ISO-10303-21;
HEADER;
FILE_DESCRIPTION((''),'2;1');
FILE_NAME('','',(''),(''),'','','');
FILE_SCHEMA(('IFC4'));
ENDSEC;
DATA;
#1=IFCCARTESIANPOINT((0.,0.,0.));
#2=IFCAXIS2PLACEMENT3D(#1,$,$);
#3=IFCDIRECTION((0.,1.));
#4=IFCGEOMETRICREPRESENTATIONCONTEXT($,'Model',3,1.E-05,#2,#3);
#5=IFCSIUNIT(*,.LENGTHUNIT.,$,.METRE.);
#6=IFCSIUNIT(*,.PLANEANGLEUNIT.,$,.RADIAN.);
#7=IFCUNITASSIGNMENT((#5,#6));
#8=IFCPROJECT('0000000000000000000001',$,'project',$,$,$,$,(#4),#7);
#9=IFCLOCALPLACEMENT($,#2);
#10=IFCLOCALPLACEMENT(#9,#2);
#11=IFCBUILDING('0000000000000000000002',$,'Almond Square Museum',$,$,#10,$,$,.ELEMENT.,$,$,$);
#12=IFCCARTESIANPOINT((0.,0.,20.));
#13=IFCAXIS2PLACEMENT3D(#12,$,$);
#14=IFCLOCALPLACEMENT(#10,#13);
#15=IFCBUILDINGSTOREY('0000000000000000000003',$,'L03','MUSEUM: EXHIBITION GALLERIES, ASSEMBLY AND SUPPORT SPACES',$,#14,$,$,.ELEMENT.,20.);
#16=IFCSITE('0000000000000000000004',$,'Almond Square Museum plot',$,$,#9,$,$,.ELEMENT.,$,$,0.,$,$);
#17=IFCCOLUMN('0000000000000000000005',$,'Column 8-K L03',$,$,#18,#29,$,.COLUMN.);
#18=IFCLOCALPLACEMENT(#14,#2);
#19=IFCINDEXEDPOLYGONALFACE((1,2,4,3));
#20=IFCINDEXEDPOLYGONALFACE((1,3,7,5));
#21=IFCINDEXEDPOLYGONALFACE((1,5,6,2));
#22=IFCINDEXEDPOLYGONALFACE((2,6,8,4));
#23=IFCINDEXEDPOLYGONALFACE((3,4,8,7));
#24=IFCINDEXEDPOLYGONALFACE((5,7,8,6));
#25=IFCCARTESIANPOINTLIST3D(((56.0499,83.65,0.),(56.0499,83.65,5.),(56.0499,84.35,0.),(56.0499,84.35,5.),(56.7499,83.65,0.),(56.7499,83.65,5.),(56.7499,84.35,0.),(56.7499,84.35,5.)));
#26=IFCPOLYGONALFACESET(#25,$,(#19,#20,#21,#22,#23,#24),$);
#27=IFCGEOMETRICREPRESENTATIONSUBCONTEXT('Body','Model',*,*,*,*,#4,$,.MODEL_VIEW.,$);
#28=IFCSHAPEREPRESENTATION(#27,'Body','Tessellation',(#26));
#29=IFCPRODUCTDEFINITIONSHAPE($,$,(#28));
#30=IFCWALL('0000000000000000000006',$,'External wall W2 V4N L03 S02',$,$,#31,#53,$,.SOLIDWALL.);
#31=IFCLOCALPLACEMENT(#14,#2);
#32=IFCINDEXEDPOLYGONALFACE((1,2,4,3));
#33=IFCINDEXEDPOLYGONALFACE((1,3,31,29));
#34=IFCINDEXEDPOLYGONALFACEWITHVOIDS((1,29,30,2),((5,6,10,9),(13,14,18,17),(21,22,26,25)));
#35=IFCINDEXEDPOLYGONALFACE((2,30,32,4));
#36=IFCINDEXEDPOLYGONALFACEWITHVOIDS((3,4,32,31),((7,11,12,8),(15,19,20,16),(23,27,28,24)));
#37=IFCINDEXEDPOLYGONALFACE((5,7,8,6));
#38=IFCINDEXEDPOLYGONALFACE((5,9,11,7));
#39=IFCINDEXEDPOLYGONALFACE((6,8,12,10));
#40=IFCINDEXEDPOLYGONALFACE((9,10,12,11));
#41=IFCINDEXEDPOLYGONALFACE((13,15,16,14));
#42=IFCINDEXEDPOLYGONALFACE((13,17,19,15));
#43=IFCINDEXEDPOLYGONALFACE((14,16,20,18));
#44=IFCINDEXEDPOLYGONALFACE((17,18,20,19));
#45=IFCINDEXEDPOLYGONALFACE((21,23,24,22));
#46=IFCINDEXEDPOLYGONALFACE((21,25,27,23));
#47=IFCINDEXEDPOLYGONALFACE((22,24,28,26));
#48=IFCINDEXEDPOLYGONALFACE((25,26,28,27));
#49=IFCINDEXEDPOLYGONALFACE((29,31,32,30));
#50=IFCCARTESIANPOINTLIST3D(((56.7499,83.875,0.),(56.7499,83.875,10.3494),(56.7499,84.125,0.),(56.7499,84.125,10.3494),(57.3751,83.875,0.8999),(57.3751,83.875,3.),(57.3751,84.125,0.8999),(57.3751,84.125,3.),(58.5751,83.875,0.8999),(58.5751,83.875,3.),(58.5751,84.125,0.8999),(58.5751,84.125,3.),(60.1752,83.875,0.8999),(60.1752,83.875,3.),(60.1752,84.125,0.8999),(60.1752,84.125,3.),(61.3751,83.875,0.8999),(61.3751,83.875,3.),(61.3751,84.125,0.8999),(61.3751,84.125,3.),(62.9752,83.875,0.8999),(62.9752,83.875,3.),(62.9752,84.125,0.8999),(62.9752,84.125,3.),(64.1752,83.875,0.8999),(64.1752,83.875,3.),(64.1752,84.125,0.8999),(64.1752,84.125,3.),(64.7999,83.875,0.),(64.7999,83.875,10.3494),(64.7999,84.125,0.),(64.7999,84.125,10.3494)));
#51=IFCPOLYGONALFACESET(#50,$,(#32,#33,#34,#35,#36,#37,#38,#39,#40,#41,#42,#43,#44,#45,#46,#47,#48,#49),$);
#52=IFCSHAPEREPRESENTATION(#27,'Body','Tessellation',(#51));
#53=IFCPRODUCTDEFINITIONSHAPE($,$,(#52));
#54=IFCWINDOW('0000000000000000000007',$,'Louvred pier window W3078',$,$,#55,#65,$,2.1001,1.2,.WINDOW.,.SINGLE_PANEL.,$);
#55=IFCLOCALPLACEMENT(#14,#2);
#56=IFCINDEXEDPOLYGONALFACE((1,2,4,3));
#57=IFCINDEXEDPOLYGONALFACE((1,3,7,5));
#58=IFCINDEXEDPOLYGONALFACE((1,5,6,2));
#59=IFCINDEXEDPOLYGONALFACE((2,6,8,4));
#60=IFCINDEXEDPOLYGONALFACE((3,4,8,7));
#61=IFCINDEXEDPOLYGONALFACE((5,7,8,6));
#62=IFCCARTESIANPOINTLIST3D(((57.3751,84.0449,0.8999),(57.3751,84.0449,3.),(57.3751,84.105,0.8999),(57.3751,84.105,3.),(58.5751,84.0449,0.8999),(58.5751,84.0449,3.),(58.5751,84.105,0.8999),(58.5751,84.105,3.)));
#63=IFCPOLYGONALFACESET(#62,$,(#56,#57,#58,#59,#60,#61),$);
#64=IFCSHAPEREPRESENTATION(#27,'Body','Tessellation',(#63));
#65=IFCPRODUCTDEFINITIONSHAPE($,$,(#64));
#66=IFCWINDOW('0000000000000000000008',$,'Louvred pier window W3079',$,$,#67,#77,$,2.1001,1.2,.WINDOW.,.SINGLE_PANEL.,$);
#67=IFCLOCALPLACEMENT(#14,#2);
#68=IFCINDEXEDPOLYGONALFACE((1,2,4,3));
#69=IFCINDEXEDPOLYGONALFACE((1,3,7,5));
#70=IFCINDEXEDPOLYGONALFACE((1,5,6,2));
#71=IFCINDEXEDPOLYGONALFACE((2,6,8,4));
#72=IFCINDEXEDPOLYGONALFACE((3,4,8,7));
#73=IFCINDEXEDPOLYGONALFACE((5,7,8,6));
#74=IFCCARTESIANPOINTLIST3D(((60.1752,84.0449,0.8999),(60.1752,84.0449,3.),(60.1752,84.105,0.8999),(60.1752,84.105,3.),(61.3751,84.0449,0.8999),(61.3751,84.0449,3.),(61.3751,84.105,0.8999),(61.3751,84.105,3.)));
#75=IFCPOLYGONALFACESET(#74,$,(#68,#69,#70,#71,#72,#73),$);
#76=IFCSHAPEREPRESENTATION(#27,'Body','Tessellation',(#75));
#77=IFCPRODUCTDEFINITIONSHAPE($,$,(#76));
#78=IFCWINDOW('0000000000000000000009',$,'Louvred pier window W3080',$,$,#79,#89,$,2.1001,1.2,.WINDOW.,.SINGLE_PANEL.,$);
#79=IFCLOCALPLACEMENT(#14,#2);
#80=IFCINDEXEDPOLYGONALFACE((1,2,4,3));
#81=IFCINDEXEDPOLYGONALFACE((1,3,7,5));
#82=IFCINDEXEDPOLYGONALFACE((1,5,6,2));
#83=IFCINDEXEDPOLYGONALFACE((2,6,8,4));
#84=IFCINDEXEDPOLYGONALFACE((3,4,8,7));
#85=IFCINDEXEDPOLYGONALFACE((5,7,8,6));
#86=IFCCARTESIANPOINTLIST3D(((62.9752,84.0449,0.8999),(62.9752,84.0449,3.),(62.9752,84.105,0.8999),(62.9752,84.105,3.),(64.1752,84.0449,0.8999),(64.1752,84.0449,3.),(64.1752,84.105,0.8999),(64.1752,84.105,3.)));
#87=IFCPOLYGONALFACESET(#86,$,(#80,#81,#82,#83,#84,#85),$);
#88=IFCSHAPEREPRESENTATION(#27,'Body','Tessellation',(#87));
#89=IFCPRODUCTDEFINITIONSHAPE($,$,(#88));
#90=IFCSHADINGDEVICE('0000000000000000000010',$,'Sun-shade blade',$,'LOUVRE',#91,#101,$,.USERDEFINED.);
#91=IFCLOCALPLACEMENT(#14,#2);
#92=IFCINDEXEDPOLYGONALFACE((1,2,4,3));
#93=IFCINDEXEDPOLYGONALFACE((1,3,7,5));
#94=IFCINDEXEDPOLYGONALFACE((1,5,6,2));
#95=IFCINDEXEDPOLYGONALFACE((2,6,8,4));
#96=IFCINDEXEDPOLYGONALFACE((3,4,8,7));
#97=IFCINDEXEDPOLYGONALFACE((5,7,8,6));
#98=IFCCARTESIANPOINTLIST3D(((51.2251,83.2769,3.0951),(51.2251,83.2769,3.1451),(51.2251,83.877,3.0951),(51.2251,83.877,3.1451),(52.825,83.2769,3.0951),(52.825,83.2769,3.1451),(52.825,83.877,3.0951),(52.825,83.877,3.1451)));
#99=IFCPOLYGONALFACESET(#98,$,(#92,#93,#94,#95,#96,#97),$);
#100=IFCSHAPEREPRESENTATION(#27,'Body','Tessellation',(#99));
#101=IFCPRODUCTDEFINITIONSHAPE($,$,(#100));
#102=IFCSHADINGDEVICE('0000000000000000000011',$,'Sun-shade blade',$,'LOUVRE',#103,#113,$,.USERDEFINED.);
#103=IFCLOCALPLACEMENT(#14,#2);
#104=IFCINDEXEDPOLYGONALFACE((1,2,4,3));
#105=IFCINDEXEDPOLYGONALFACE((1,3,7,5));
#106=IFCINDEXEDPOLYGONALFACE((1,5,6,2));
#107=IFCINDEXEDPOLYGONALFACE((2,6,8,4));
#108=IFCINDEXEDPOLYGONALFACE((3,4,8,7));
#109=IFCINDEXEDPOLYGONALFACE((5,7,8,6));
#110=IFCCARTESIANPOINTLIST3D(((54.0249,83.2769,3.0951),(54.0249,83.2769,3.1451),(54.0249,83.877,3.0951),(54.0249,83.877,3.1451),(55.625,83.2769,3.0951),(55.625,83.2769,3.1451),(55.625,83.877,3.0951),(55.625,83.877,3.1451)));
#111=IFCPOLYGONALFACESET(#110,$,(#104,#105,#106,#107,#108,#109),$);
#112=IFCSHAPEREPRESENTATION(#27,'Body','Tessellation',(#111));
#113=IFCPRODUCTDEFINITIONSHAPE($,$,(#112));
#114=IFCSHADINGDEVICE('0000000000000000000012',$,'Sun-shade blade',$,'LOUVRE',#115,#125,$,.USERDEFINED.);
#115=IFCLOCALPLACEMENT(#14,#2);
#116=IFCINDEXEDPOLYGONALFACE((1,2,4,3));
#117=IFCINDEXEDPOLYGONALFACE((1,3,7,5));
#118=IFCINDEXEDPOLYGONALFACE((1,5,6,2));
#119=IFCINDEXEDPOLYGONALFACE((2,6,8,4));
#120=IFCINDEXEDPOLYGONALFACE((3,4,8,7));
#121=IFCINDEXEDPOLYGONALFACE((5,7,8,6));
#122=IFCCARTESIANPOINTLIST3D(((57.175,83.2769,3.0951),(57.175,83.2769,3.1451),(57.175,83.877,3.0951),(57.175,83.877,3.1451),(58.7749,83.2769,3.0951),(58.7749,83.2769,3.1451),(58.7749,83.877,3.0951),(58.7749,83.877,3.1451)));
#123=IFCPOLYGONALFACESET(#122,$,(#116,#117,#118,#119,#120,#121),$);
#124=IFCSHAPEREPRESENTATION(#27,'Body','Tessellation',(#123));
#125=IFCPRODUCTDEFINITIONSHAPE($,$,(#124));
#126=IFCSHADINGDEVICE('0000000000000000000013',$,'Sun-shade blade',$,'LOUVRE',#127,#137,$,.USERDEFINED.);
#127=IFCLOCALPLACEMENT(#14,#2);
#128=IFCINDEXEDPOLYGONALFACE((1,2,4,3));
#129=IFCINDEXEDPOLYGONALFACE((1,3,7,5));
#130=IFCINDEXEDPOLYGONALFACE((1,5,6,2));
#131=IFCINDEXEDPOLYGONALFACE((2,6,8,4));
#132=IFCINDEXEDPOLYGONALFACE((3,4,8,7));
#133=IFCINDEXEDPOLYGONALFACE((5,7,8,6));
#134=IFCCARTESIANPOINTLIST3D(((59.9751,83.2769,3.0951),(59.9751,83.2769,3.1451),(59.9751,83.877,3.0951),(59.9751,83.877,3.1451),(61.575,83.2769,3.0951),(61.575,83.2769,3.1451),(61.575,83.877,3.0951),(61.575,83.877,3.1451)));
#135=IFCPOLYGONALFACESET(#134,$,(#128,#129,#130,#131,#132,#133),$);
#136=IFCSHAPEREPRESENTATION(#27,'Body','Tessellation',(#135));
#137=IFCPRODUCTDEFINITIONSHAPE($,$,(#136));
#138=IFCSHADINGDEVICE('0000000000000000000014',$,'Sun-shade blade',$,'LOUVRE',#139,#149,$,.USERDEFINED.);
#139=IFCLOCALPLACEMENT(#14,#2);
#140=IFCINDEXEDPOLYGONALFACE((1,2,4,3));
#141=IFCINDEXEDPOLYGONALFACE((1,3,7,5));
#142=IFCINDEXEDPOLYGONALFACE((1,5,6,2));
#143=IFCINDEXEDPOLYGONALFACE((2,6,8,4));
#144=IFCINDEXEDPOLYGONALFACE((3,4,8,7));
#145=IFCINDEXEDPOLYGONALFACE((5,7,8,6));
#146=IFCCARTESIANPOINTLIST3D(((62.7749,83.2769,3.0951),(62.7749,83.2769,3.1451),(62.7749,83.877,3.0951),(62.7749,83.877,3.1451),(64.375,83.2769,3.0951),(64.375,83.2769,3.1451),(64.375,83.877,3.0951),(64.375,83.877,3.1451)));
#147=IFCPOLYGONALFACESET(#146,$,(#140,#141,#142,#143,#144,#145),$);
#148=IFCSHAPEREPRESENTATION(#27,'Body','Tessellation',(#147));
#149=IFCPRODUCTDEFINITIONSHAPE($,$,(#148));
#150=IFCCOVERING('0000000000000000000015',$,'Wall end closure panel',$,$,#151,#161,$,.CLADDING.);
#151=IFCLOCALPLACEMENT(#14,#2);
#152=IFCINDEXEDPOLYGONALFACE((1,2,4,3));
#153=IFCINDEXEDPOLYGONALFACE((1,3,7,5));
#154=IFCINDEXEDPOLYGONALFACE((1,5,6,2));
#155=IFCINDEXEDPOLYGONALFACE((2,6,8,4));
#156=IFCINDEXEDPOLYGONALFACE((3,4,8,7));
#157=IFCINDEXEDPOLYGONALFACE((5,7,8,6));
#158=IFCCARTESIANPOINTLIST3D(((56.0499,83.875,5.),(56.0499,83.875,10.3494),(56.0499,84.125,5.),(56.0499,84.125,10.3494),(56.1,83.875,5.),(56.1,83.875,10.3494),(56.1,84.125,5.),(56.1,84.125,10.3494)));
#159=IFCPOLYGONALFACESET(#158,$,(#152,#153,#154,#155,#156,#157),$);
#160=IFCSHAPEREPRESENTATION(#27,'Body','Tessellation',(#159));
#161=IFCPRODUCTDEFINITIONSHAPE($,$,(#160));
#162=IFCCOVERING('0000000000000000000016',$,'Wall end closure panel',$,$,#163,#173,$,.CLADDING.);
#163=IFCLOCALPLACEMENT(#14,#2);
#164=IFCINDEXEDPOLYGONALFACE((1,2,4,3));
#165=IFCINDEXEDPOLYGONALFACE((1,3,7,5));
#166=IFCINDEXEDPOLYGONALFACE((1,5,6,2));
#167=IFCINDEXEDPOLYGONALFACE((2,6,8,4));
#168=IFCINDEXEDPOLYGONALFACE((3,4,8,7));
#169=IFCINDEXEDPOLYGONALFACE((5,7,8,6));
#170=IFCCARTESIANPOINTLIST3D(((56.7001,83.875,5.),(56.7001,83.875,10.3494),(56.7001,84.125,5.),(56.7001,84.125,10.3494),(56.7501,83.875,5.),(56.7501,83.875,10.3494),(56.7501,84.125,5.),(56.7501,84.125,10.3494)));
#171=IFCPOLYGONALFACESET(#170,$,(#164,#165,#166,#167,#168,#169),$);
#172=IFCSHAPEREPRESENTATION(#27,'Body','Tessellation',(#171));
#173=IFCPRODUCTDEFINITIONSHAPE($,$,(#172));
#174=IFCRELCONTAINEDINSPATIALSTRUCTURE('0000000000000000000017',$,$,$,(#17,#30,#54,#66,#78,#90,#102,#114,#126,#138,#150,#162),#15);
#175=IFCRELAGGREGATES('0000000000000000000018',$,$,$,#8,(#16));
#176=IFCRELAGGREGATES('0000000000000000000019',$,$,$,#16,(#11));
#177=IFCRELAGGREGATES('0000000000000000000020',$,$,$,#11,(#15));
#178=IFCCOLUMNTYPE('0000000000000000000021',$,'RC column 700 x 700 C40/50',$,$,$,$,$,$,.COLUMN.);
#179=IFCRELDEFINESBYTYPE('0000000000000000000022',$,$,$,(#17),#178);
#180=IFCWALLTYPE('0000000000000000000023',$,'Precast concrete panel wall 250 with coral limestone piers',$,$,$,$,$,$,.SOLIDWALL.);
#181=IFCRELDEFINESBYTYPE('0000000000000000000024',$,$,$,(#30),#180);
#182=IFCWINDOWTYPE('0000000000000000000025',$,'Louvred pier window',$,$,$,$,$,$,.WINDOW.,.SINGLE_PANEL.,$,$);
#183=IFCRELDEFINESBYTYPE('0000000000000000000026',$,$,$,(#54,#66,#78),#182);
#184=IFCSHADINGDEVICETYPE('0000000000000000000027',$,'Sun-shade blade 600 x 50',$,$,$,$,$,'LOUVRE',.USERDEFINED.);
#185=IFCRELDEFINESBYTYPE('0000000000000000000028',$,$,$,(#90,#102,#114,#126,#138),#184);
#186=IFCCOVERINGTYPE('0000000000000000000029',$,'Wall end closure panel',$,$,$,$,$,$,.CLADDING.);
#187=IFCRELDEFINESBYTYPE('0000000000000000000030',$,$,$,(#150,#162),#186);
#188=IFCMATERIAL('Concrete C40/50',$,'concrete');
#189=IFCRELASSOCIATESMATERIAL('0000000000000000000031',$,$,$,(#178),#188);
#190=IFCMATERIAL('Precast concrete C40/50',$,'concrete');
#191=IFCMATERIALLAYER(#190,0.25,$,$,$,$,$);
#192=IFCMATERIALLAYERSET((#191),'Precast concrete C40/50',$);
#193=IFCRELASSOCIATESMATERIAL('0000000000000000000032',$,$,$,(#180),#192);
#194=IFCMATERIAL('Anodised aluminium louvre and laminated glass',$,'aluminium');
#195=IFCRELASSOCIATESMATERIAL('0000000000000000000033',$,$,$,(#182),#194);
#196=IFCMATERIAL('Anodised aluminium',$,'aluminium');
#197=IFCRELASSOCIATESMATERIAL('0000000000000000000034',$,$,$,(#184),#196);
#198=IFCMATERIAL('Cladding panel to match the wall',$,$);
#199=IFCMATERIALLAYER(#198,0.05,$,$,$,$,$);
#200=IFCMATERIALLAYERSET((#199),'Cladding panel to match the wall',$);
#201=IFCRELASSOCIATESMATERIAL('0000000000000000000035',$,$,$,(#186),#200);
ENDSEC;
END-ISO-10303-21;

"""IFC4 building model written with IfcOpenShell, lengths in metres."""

from ifc_helpers import new_model, si_unit, direction, frame, frame_2d, origin, origin_2d, place, context, subcontext, project, spatial, rectangle, extrude, material, layer, layer_set, material_profile, profile_set, type_object, element, fill, save


model = new_model("IFC4")

# Units and contexts
model_context = context("Model", 3, precision=1e-05, world=origin(), true_north=direction((0.0, 1.0)))
body_context = subcontext(model_context, "Body", "Model", "MODEL_VIEW")
ifc_project = project(units=[si_unit("LENGTHUNIT", "METRE"), si_unit("PLANEANGLEUNIT", "RADIAN")], contexts=[model_context])

# Site, building, storey
site_placement = place(None, origin())
site = spatial("IfcSite", under=ifc_project, at=site_placement, Name="Almond Square Museum plot", CompositionType="ELEMENT", RefElevation=0.0)
building_placement = place(site_placement, origin())
building = spatial("IfcBuilding", under=site, at=building_placement, Name="Almond Square Museum", CompositionType="ELEMENT")
storey_placement = place(building_placement, frame((0.0, 0.0, 20.0)))
storey = spatial("IfcBuildingStorey", under=building, at=storey_placement, Name="L03", Description="MUSEUM: EXHIBITION GALLERIES, ASSEMBLY AND SUPPORT SPACES", CompositionType="ELEMENT", Elevation=20.0)

# Column
ifc_material_1 = material(Name="Concrete C40/50", Category="concrete")
ifc_material_profile_1 = material_profile(ifc_material_1, rectangle(XDim=0.7, YDim=0.7, at=origin_2d()))
ifc_profile_set_1 = profile_set([ifc_material_profile_1], Name="Concrete C40/50")
column_type = type_object("IfcColumnType", Name="RC column 700 x 700 C40/50", PredefinedType="COLUMN", material=ifc_profile_set_1)
column_placement = place(storey_placement, frame((56.3999, 84.0, 0.0), z_axis=(0.0, 0.0, 1.0), x_axis=(1.0, 0.0, 0.0)))
element("IfcColumn", 1, at=column_placement, inside=storey, type_object=column_type, Name="Column 8-K L03", PredefinedType="COLUMN", context=body_context, shape_type="SweptSolid", body=[
    extrude(rectangle(XDim=0.7, YDim=0.7, at=origin_2d()), origin(), (0.0, 0.0, 1.0), 5.0),
])

# Wall, openings, windows
ifc_material_2 = material(Name="Precast concrete C40/50", Category="concrete")
ifc_layer_1 = layer(ifc_material_2, 0.25)
ifc_layer_set_1 = layer_set([ifc_layer_1], Name="Precast concrete C40/50")
wall_type = type_object("IfcWallType", Name="Precast concrete panel wall 250 with coral limestone piers", PredefinedType="SOLIDWALL", material=ifc_layer_set_1)
wall_placement = place(storey_placement, frame((56.75, 84.0, 0.0), z_axis=(0.0, 0.0, 1.0), x_axis=(1.0, 0.0, 0.0)))
wall = element("IfcWall", 2, at=wall_placement, inside=storey, type_object=wall_type, Name="External wall W2 V4N L03 S02", PredefinedType="SOLIDWALL", context=body_context, shape_type="SweptSolid", body=[
    extrude(rectangle(XDim=8.05, YDim=0.25, at=frame_2d((4.0249, 0.0))), origin(), (0.0, 0.0, 1.0), 10.3494),
])
opening_1_placement = place(wall_placement, frame((0.625, 0.0, 0.8999)))
opening_1 = element("IfcOpeningElement", 3, at=opening_1_placement, cuts=wall, PredefinedType="OPENING", context=body_context, shape_type="SweptSolid", body=[
    extrude(rectangle(XDim=1.2, YDim=2.1001, at=frame_2d((0.6001, 1.05))), frame((0.0, 0.135, 0.0), z_axis=(0.0, -1.0, 0.0), x_axis=(1.0, 0.0, 0.0)), (0.0, 0.0, 1.0), 0.27),
])
opening_2_placement = place(wall_placement, frame((3.425, 0.0, 0.8999)))
opening_2 = element("IfcOpeningElement", 4, at=opening_2_placement, cuts=wall, PredefinedType="OPENING", context=body_context, shape_type="SweptSolid", body=[
    extrude(rectangle(XDim=1.2, YDim=2.1001, at=frame_2d((0.6001, 1.05))), frame((0.0, 0.135, 0.0), z_axis=(0.0, -1.0, 0.0), x_axis=(1.0, 0.0, 0.0)), (0.0, 0.0, 1.0), 0.27),
])
opening_3_placement = place(wall_placement, frame((6.2251, 0.0, 0.8999)))
opening_3 = element("IfcOpeningElement", 5, at=opening_3_placement, cuts=wall, PredefinedType="OPENING", context=body_context, shape_type="SweptSolid", body=[
    extrude(rectangle(XDim=1.2, YDim=2.1001, at=frame_2d((0.6001, 1.05))), frame((0.0, 0.135, 0.0), z_axis=(0.0, -1.0, 0.0), x_axis=(1.0, 0.0, 0.0)), (0.0, 0.0, 1.0), 0.27),
])
ifc_material_3 = material(Name="Anodised aluminium louvre and laminated glass", Category="aluminium")
window_type = type_object("IfcWindowType", Name="Louvred pier window", PartitioningType="SINGLE_PANEL", PredefinedType="WINDOW", material=ifc_material_3)
window_1_placement = place(opening_1_placement, origin())
window_1 = element("IfcWindow", 6, at=window_1_placement, inside=storey, type_object=window_type, Name="Louvred pier window W3078", OverallHeight=2.1001, OverallWidth=1.2, PartitioningType="SINGLE_PANEL", PredefinedType="WINDOW", context=body_context, shape_type="SweptSolid", body=[
    extrude(rectangle(XDim=1.2, YDim=2.1001, at=frame_2d((0.6001, 1.05))), frame((0.0, 0.105, 0.0), z_axis=(0.0, -1.0, 0.0), x_axis=(1.0, 0.0, 0.0)), (0.0, 0.0, 1.0), 0.0601),
])
fill(opening_1, window_1)
window_2_placement = place(opening_2_placement, origin())
window_2 = element("IfcWindow", 7, at=window_2_placement, inside=storey, type_object=window_type, Name="Louvred pier window W3079", OverallHeight=2.1001, OverallWidth=1.2, PartitioningType="SINGLE_PANEL", PredefinedType="WINDOW", context=body_context, shape_type="SweptSolid", body=[
    extrude(rectangle(XDim=1.2, YDim=2.1001, at=frame_2d((0.6001, 1.05))), frame((0.0, 0.105, 0.0), z_axis=(0.0, -1.0, 0.0), x_axis=(1.0, 0.0, 0.0)), (0.0, 0.0, 1.0), 0.0601),
])
fill(opening_2, window_2)
window_3_placement = place(opening_3_placement, origin())
window_3 = element("IfcWindow", 8, at=window_3_placement, inside=storey, type_object=window_type, Name="Louvred pier window W3080", OverallHeight=2.1001, OverallWidth=1.2, PartitioningType="SINGLE_PANEL", PredefinedType="WINDOW", context=body_context, shape_type="SweptSolid", body=[
    extrude(rectangle(XDim=1.2, YDim=2.1001, at=frame_2d((0.6001, 1.05))), frame((0.0, 0.105, 0.0), z_axis=(0.0, -1.0, 0.0), x_axis=(1.0, 0.0, 0.0)), (0.0, 0.0, 1.0), 0.0601),
])
fill(opening_3, window_3)

# Shading devices
ifc_material_4 = material(Name="Anodised aluminium", Category="aluminium")
ifc_material_profile_2 = material_profile(ifc_material_4, rectangle(XDim=0.6001, YDim=0.05, at=origin_2d()))
ifc_profile_set_2 = profile_set([ifc_material_profile_2], Name="Anodised aluminium")
shading_device_type = type_object("IfcShadingDeviceType", Name="Sun-shade blade 600 x 50", ElementType="LOUVRE", PredefinedType="USERDEFINED", material=ifc_profile_set_2)
shading_device_1_placement = place(storey_placement, frame((51.2251, 83.5769, 3.1201), z_axis=(1.0, 0.0, 0.0), x_axis=(0.0, 1.0, 0.0)))
element("IfcShadingDevice", 9, at=shading_device_1_placement, inside=storey, type_object=shading_device_type, Name="Sun-shade blade", ObjectType="LOUVRE", PredefinedType="USERDEFINED", context=body_context, shape_type="SweptSolid", body=[
    extrude(rectangle(XDim=0.6001, YDim=0.05, at=origin_2d()), origin(), (0.0, 0.0, 1.0), 1.5999),
])
shading_device_2_placement = place(storey_placement, frame((54.0249, 83.5769, 3.1201), z_axis=(1.0, 0.0, 0.0), x_axis=(0.0, 1.0, 0.0)))
element("IfcShadingDevice", 10, at=shading_device_2_placement, inside=storey, type_object=shading_device_type, Name="Sun-shade blade", ObjectType="LOUVRE", PredefinedType="USERDEFINED", context=body_context, shape_type="SweptSolid", body=[
    extrude(rectangle(XDim=0.6001, YDim=0.05, at=origin_2d()), origin(), (0.0, 0.0, 1.0), 1.6001),
])
for number, where, z_axis, x_axis, name in (
    (11, (57.175, 83.5769, 3.1201), (1.0, 0.0, 0.0), (0.0, 1.0, 0.0), "Sun-shade blade"),
    (12, (59.9751, 83.5769, 3.1201), (1.0, 0.0, 0.0), (0.0, 1.0, 0.0), "Sun-shade blade"),
):
    element("IfcShadingDevice", number, at=place(storey_placement, frame(where, z_axis=z_axis, x_axis=x_axis)), inside=storey, type_object=shading_device_type, Name=name, ObjectType="LOUVRE", PredefinedType="USERDEFINED", context=body_context, shape_type="SweptSolid", body=[
        extrude(rectangle(XDim=0.6001, YDim=0.05, at=origin_2d()), origin(), (0.0, 0.0, 1.0), 1.5999),
    ])
shading_device_3_placement = place(storey_placement, frame((62.7749, 83.5769, 3.1201), z_axis=(1.0, 0.0, 0.0), x_axis=(0.0, 1.0, 0.0)))
element("IfcShadingDevice", 13, at=shading_device_3_placement, inside=storey, type_object=shading_device_type, Name="Sun-shade blade", ObjectType="LOUVRE", PredefinedType="USERDEFINED", context=body_context, shape_type="SweptSolid", body=[
    extrude(rectangle(XDim=0.6001, YDim=0.05, at=origin_2d()), origin(), (0.0, 0.0, 1.0), 1.6001),
])

# Coverings
ifc_material_5 = material(Name="Cladding panel to match the wall")
ifc_layer_2 = layer(ifc_material_5, 0.05)
ifc_layer_set_2 = layer_set([ifc_layer_2], Name="Cladding panel to match the wall")
covering_type = type_object("IfcCoveringType", Name="Wall end closure panel", PredefinedType="CLADDING", material=ifc_layer_set_2)
for number, where, z_axis, x_axis, name in (
    (14, (56.075, 84.0, 5.0), (0.0, 0.0, 1.0), (1.0, 0.0, 0.0), "Wall end closure panel"),
    (15, (56.7251, 84.0, 5.0), (0.0, 0.0, 1.0), (1.0, 0.0, 0.0), "Wall end closure panel"),
):
    element("IfcCovering", number, at=place(storey_placement, frame(where, z_axis=z_axis, x_axis=x_axis)), inside=storey, type_object=covering_type, Name=name, PredefinedType="CLADDING", context=body_context, shape_type="SweptSolid", body=[
        extrude(rectangle(XDim=0.05, YDim=0.25, at=origin_2d()), origin(), (0.0, 0.0, 1.0), 5.3494),
    ])

save(model, "model.ifc")
